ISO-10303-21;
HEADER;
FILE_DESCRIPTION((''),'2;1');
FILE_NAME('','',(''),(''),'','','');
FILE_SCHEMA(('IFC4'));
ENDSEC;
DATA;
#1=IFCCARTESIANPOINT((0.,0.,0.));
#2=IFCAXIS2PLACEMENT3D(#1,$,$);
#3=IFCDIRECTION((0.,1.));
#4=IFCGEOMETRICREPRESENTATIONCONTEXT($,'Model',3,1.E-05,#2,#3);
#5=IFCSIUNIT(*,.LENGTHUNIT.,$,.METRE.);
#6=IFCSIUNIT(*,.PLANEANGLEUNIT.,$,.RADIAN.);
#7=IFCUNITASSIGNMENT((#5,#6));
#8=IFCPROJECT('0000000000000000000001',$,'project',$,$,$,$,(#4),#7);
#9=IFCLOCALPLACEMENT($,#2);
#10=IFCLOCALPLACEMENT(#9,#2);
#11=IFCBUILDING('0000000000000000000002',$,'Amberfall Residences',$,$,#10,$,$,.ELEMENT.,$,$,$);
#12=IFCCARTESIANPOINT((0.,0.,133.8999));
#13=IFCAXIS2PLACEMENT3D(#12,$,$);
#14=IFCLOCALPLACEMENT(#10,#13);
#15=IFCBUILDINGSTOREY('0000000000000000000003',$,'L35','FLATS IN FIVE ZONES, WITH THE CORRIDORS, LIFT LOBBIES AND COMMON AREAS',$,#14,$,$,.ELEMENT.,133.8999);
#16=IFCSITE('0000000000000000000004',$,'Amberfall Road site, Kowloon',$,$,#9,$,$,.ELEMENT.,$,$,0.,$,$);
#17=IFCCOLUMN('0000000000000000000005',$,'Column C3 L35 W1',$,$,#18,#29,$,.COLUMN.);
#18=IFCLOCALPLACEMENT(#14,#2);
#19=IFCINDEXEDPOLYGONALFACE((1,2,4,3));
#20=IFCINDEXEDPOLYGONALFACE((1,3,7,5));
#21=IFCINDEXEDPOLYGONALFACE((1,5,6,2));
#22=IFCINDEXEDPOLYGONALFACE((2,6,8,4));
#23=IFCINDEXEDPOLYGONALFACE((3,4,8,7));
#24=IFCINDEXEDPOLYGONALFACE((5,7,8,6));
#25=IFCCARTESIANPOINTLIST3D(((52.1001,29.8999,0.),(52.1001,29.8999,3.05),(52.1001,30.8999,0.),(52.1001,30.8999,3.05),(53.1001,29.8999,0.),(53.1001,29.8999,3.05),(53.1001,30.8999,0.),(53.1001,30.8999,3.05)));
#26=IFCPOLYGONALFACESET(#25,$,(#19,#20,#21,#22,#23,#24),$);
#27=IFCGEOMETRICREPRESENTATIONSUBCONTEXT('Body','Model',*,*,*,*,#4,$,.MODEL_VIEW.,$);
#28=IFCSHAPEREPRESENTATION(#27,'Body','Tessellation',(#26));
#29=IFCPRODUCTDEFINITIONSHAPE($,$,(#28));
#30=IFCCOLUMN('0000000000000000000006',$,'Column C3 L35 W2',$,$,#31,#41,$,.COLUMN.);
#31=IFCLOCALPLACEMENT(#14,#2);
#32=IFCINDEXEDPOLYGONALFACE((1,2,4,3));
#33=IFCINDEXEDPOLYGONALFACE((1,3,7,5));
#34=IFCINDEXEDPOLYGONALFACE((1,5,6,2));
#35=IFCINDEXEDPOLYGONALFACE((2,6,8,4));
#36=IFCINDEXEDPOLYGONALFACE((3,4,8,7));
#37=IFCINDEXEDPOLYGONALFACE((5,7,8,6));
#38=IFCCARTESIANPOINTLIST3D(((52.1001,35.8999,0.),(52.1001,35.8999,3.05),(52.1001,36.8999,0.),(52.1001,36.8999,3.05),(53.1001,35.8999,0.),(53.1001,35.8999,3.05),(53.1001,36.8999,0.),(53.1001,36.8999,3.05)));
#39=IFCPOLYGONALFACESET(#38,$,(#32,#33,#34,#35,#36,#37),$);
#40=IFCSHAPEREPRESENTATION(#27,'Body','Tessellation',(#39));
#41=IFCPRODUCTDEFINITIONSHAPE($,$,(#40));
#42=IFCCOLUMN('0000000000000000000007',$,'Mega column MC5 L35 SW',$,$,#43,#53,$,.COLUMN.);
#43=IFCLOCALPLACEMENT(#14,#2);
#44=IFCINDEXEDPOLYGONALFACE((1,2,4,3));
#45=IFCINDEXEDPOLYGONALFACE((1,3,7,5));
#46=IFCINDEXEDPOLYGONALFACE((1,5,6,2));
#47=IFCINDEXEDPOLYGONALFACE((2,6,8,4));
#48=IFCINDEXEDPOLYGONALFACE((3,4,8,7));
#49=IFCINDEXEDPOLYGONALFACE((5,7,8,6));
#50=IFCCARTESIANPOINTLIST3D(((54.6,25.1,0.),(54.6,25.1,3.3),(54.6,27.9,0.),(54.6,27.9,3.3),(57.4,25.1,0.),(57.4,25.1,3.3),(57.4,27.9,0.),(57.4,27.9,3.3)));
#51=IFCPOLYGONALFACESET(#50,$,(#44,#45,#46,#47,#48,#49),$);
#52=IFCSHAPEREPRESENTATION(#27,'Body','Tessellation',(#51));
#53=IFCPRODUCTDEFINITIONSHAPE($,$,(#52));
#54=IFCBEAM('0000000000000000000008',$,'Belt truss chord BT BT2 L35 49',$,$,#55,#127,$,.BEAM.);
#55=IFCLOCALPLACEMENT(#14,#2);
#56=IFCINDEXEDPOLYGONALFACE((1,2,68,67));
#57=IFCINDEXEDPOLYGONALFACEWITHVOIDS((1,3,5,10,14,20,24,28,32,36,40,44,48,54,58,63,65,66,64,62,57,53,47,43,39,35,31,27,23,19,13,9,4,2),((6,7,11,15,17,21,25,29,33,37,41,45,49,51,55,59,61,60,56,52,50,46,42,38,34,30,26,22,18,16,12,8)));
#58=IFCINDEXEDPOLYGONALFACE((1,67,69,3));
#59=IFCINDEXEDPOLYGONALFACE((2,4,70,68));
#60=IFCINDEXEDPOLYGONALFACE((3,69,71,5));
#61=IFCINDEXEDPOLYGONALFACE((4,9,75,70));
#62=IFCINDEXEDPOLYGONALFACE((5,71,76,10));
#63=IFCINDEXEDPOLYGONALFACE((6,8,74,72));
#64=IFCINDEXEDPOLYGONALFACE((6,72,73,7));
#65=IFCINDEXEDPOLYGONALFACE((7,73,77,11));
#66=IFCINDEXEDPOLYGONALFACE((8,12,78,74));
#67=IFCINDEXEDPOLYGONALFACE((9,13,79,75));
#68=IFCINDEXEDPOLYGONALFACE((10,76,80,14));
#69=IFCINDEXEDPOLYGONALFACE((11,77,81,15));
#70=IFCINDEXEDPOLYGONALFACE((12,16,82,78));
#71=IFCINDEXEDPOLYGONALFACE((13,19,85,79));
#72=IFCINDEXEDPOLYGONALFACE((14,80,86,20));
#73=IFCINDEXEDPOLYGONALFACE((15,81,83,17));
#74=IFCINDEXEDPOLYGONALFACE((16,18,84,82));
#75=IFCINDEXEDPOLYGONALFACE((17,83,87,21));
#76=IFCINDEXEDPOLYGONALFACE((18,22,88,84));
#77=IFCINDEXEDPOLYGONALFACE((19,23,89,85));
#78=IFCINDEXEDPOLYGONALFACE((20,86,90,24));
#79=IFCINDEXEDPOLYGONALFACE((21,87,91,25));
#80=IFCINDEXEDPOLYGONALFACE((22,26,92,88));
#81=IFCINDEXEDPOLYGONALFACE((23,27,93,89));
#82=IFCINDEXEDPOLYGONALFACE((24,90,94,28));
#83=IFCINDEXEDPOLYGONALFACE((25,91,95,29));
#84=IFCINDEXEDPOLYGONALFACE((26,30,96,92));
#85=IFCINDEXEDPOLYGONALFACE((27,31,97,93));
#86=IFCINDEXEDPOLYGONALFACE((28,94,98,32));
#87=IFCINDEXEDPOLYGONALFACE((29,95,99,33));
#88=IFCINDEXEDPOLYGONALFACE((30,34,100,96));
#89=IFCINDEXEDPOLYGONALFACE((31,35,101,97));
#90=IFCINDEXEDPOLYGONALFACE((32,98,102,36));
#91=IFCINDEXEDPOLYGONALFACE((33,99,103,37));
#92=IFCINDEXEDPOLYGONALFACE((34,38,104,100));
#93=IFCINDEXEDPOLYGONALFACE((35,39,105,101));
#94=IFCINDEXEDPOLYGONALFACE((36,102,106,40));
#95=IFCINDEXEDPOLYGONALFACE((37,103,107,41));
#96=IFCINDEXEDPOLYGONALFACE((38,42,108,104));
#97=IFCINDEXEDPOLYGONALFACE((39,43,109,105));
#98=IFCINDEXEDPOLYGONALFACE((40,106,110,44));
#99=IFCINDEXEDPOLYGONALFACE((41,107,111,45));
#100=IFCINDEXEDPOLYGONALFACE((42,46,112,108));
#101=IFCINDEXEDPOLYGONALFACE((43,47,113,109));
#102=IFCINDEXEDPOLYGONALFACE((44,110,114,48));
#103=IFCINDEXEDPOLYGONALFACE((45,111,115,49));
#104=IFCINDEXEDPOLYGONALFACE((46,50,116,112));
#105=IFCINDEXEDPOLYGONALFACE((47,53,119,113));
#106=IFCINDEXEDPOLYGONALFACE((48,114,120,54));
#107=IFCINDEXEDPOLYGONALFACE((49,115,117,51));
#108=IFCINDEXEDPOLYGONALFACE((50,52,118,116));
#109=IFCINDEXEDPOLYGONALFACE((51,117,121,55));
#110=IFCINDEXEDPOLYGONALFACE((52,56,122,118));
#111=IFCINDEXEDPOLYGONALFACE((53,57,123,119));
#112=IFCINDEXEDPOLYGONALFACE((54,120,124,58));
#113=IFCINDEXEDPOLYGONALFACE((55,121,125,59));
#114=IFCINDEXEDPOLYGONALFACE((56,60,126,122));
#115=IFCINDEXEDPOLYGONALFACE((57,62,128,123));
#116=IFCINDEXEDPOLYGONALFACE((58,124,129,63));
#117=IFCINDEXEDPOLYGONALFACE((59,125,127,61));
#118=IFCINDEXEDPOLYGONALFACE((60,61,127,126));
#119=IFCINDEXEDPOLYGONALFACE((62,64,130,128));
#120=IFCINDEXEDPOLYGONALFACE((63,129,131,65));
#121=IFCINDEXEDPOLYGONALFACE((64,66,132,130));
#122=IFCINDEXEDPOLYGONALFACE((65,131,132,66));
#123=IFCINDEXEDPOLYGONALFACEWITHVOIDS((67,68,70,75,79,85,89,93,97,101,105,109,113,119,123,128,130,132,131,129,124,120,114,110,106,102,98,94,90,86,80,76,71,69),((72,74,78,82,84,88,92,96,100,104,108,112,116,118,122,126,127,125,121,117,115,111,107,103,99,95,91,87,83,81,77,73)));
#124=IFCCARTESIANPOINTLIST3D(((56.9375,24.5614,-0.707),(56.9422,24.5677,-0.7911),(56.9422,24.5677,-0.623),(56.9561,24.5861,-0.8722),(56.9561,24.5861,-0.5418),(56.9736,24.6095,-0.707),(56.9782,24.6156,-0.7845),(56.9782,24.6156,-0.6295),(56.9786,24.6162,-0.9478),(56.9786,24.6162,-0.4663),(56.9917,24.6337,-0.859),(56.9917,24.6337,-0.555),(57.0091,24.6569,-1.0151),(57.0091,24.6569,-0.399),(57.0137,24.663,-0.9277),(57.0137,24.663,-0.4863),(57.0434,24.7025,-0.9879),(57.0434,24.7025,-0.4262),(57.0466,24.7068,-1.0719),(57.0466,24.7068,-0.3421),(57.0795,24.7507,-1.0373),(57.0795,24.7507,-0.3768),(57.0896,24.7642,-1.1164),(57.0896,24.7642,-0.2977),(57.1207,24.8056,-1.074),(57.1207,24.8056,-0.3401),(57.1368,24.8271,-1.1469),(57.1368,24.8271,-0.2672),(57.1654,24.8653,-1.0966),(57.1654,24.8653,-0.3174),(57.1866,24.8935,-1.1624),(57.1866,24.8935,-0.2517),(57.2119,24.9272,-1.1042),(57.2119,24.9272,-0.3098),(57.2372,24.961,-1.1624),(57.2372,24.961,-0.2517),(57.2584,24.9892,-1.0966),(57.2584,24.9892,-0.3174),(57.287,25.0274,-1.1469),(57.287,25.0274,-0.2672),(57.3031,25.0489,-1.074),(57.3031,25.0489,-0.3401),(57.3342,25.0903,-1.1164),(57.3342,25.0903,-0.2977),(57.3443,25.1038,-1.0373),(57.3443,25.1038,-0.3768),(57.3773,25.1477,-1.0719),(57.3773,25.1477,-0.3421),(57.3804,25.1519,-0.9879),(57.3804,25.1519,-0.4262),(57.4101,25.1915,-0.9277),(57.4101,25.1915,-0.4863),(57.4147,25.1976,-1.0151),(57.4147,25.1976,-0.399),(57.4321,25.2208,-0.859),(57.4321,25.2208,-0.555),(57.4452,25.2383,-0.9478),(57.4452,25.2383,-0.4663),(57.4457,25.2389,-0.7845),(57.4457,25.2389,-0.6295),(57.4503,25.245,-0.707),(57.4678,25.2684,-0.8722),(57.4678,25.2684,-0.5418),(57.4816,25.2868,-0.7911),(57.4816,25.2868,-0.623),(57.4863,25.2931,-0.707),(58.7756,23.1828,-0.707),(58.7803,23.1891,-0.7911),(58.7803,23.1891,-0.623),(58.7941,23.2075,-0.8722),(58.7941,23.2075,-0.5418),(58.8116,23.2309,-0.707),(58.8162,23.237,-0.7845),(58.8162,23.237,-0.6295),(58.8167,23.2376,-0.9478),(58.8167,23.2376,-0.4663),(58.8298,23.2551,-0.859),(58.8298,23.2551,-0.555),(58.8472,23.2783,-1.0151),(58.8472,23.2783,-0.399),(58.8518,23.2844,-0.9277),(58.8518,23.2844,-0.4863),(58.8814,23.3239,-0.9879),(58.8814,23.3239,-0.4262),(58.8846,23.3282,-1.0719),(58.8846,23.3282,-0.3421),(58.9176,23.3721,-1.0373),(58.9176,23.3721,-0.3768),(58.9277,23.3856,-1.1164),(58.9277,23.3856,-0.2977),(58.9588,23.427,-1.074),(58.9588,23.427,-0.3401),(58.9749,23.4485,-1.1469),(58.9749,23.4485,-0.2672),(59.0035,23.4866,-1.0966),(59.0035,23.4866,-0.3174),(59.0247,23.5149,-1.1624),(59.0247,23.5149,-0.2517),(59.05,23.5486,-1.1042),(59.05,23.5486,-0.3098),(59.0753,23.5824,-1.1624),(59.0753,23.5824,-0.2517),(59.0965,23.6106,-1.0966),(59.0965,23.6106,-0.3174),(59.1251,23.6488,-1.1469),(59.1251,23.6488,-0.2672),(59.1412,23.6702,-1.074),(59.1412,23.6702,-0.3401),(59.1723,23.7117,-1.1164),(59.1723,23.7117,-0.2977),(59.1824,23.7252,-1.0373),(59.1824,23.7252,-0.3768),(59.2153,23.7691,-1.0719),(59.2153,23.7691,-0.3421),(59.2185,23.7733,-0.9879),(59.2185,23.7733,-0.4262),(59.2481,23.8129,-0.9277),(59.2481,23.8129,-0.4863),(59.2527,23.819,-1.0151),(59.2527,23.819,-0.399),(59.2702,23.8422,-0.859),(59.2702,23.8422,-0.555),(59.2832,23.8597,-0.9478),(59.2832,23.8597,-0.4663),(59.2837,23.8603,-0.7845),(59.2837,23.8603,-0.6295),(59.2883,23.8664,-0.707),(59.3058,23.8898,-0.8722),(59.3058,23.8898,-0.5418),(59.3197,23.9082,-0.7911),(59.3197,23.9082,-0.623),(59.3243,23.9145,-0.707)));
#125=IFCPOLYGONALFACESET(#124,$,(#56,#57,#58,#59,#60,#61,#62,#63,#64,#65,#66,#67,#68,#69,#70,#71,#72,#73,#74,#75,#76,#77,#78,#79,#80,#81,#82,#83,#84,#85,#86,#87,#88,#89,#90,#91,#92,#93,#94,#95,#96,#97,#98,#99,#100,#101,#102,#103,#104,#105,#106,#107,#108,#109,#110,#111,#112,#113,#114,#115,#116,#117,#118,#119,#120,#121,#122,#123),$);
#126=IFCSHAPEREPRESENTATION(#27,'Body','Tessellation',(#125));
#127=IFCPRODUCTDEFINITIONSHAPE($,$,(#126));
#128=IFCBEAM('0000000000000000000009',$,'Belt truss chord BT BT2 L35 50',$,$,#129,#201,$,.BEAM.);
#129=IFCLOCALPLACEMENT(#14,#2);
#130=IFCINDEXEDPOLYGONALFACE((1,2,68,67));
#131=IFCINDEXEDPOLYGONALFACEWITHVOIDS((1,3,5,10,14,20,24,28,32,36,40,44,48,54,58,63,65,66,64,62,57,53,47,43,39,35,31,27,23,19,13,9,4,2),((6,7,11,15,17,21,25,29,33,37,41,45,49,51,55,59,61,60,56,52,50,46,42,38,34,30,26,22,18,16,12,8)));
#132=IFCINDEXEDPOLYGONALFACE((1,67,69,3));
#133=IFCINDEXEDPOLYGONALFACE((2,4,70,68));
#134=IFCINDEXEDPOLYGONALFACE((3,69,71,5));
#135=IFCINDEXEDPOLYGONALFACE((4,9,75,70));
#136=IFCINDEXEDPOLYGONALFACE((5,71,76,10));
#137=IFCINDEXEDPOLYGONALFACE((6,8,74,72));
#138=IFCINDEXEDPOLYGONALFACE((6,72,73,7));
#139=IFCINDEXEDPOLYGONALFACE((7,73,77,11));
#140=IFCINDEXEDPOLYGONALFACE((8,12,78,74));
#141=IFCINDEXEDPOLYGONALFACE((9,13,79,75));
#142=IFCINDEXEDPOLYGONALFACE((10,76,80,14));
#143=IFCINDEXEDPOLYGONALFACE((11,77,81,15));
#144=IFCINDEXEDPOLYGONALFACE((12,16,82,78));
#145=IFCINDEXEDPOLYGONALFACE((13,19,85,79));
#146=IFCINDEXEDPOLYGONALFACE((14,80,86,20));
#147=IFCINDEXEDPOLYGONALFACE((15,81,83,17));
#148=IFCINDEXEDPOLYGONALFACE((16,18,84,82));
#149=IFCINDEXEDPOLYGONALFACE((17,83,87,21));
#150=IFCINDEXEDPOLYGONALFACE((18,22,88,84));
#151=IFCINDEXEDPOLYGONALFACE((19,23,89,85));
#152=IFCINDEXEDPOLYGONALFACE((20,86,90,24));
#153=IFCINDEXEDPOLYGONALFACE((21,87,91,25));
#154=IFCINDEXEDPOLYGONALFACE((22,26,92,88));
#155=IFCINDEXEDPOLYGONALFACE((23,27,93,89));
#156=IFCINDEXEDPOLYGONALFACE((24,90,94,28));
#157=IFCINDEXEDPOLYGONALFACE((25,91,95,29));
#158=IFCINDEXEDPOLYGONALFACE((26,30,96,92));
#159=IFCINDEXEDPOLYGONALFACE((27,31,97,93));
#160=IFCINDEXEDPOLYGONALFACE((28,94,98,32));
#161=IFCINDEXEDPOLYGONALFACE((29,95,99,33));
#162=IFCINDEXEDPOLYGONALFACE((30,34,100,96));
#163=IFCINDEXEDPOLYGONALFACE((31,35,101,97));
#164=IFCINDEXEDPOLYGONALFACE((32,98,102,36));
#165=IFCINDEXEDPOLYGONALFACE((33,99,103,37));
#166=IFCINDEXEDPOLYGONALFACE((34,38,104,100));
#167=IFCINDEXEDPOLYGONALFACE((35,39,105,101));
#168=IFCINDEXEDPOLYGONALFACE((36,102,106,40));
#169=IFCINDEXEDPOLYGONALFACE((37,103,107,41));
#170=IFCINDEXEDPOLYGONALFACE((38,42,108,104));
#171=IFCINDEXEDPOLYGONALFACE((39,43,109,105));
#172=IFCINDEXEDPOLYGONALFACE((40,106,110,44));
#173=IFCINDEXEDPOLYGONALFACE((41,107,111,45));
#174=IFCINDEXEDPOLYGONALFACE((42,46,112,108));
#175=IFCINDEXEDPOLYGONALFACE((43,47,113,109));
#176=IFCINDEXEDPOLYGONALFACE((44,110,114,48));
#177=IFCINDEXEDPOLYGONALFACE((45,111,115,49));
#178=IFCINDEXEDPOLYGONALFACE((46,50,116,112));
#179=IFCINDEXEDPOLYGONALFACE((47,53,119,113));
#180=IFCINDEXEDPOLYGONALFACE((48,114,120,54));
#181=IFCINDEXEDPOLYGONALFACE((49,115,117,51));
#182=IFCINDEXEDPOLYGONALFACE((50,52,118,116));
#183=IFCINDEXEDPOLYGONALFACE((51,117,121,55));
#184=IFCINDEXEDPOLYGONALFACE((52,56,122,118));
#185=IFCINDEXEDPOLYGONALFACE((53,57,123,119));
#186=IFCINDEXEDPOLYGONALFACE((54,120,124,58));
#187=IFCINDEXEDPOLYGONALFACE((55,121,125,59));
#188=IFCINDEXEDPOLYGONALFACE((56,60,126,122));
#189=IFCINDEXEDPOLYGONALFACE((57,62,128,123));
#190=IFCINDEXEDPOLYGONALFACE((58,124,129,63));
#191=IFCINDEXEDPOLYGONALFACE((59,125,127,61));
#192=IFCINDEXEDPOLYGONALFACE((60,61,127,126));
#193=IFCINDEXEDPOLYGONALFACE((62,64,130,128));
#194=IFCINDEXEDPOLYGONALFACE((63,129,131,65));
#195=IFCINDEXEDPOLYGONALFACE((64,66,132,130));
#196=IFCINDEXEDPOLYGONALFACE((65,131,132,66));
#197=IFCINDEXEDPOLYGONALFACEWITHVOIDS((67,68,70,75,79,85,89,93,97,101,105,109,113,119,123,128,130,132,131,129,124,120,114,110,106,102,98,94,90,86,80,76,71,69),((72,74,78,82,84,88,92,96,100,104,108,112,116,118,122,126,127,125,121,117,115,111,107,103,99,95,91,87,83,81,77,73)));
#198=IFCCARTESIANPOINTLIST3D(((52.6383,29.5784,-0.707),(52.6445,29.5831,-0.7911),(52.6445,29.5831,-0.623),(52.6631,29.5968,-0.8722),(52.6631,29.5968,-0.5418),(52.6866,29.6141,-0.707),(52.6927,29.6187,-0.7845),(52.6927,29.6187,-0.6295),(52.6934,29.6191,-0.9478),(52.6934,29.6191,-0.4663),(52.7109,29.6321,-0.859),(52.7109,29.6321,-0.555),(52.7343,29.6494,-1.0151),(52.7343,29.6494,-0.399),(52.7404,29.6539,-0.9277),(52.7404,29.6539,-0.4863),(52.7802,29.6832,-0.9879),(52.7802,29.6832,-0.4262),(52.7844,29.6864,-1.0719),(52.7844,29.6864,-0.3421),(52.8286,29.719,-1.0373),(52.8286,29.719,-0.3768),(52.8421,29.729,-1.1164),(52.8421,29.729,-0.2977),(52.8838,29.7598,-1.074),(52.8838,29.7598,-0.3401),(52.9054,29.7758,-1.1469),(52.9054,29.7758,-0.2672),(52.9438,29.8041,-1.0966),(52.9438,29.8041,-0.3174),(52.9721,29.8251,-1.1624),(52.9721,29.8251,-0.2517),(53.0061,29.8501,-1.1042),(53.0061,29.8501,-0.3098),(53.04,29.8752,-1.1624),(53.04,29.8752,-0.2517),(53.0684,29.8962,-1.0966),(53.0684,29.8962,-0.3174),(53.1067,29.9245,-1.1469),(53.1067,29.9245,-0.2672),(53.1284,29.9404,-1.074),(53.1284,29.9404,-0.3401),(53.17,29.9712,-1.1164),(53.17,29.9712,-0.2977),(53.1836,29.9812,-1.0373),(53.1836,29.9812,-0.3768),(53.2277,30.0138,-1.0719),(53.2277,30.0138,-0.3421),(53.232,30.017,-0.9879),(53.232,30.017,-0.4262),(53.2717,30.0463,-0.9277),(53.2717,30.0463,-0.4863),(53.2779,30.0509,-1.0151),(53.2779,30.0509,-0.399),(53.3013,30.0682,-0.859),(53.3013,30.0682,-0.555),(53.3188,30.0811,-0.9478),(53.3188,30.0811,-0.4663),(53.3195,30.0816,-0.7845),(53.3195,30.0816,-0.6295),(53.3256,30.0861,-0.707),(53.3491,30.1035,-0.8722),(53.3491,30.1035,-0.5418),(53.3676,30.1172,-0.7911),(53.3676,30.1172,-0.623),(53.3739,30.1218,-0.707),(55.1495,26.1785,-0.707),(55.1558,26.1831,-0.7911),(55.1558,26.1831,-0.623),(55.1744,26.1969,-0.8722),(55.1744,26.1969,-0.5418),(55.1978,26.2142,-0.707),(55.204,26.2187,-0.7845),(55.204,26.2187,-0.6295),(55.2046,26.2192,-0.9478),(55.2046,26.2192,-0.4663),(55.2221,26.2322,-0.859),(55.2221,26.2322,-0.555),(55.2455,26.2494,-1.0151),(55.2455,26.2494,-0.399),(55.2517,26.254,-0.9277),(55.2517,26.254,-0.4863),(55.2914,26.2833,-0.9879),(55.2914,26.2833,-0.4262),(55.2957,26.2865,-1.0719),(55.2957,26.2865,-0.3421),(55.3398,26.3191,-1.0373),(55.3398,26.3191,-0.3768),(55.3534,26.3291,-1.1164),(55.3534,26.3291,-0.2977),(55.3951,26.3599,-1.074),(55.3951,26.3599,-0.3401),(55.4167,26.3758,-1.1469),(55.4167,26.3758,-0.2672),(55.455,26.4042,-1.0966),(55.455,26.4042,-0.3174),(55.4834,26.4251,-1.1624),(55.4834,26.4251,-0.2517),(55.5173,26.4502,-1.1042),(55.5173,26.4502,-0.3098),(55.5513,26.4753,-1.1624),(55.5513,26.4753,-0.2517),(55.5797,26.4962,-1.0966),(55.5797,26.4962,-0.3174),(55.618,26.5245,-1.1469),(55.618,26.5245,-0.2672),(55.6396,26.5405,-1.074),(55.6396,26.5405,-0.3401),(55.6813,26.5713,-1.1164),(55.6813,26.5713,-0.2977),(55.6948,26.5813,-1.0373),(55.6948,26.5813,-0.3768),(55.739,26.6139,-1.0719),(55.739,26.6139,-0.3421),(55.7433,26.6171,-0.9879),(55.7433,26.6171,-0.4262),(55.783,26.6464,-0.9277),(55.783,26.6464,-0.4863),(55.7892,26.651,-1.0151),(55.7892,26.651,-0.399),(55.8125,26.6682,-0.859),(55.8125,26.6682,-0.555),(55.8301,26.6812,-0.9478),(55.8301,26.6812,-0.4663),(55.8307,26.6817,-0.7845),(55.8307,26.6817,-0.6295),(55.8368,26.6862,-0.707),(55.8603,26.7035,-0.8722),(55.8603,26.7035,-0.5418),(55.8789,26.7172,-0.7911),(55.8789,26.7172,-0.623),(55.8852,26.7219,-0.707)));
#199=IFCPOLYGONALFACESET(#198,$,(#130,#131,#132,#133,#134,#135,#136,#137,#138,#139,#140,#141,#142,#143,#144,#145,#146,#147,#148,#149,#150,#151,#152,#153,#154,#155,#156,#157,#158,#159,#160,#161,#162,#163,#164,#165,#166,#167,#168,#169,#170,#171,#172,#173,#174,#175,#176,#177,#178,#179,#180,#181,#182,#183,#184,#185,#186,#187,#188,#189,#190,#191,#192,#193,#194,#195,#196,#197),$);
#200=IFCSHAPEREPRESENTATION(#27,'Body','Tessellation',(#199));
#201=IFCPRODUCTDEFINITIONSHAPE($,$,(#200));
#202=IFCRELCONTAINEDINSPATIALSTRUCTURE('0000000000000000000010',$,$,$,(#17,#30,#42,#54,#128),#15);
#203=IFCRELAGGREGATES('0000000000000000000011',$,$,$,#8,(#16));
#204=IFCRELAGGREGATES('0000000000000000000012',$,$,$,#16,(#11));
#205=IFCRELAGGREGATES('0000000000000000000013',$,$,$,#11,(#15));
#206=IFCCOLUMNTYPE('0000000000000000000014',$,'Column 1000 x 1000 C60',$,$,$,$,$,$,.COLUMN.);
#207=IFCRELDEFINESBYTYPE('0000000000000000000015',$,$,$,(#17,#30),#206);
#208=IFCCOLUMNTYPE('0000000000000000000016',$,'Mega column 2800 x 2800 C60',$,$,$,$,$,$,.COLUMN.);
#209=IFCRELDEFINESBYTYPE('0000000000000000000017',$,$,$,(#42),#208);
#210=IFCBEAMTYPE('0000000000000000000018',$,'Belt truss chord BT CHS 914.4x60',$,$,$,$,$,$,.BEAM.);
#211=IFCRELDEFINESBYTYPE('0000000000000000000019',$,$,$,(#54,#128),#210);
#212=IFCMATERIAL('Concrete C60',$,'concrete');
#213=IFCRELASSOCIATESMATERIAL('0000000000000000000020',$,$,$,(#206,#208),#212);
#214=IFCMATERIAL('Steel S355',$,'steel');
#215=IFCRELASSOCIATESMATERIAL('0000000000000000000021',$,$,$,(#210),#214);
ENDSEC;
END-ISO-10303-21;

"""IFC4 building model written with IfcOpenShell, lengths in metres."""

from ifc_helpers import new_model, si_unit, direction, frame, origin, origin_2d, place, context, subcontext, project, spatial, rectangle, hollow_circle, extrude, material, material_profile, profile_set, type_object, element, save


model = new_model("IFC4")

# Units and contexts
model_context = context("Model", 3, precision=1e-05, world=origin(), true_north=direction((0.0, 1.0)))
body_context = subcontext(model_context, "Body", "Model", "MODEL_VIEW")
ifc_project = project(units=[si_unit("LENGTHUNIT", "METRE"), si_unit("PLANEANGLEUNIT", "RADIAN")], contexts=[model_context])

# Site, building, storey
site_placement = place(None, origin())
site = spatial("IfcSite", under=ifc_project, at=site_placement, Name="Amberfall Road site, Kowloon", CompositionType="ELEMENT", RefElevation=0.0)
building_placement = place(site_placement, origin())
building = spatial("IfcBuilding", under=site, at=building_placement, Name="Amberfall Residences", CompositionType="ELEMENT")
storey_placement = place(building_placement, frame((0.0, 0.0, 133.8999)))
storey = spatial("IfcBuildingStorey", under=building, at=storey_placement, Name="L35", Description="FLATS IN FIVE ZONES, WITH THE CORRIDORS, LIFT LOBBIES AND COMMON AREAS", CompositionType="ELEMENT", Elevation=133.8999)

# Columns
ifc_material_1 = material(Name="Concrete C60", Category="concrete")
ifc_material_profile_1 = material_profile(ifc_material_1, rectangle(XDim=1.0, YDim=1.0, at=origin_2d()), Name="Column 1000 x 1000 C60")
ifc_profile_set_1 = profile_set([ifc_material_profile_1], Name="Concrete C60")
column_type_1 = type_object("IfcColumnType", Name="Column 1000 x 1000 C60", PredefinedType="COLUMN", material=ifc_profile_set_1)
for number, where, z_axis, x_axis, name in (
    (1, (52.6001, 30.3999, 0.0), (0.0, 0.0, 1.0), (1.0, 0.0, 0.0), "Column C3 L35 W1"),
    (2, (52.6001, 36.3999, 0.0), (0.0, 0.0, 1.0), (1.0, 0.0, 0.0), "Column C3 L35 W2"),
):
    element("IfcColumn", number, at=place(storey_placement, frame(where, z_axis=z_axis, x_axis=x_axis)), inside=storey, type_object=column_type_1, Name=name, PredefinedType="COLUMN", context=body_context, shape_type="SweptSolid", body=[
        extrude(rectangle(XDim=1.0, YDim=1.0, at=origin_2d()), origin(), (0.0, 0.0, 1.0), 3.05),
    ])
ifc_material_profile_2 = material_profile(ifc_material_1, rectangle(XDim=2.8, YDim=2.8, at=origin_2d()), Name="Mega column 2800 x 2800 C60")
ifc_profile_set_2 = profile_set([ifc_material_profile_2], Name="Concrete C60")
column_type_2 = type_object("IfcColumnType", Name="Mega column 2800 x 2800 C60", PredefinedType="COLUMN", material=ifc_profile_set_2)
column_placement = place(storey_placement, frame((56.0, 26.5, 0.0), z_axis=(0.0, 0.0, 1.0), x_axis=(1.0, 0.0, 0.0)))
element("IfcColumn", 3, at=column_placement, inside=storey, type_object=column_type_2, Name="Mega column MC5 L35 SW", PredefinedType="COLUMN", context=body_context, shape_type="SweptSolid", body=[
    extrude(rectangle(XDim=2.8, YDim=2.8, at=origin_2d()), origin(), (0.0, 0.0, 1.0), 3.3),
])

# Beams
ifc_material_2 = material(Name="Steel S355", Category="steel")
ifc_material_profile_3 = material_profile(ifc_material_2, hollow_circle(Radius=0.4573, WallThickness=0.0601, at=origin_2d()), Name="CHS 914.4x60")
ifc_profile_set_3 = profile_set([ifc_material_profile_3], Name="Steel S355")
beam_type_1 = type_object("IfcBeamType", Name="Belt truss chord BT CHS 914.4x60", PredefinedType="BEAM", material=ifc_profile_set_3)
beam_1_placement = place(storey_placement, frame((57.2119, 24.9272, -0.707), z_axis=(0.799987, -0.600017, 0.0), x_axis=(0.600017, 0.799987, 0.0)))
element("IfcBeam", 4, at=beam_1_placement, inside=storey, type_object=beam_type_1, Name="Belt truss chord BT BT2 L35 49", PredefinedType="BEAM", context=body_context, shape_type="SweptSolid", body=[
    extrude(hollow_circle(Radius=0.4573, WallThickness=0.0601, at=origin_2d()), origin(), (0.0, 0.0, 1.0), 2.2976),
])
beam_2_placement = place(storey_placement, frame((55.5173, 26.4502, -0.707), z_axis=(-0.594125, 0.804373, 0.0), x_axis=(-0.804373, -0.594125, 0.0)))
element("IfcBeam", 5, at=beam_2_placement, inside=storey, type_object=beam_type_1, Name="Belt truss chord BT BT2 L35 50", PredefinedType="BEAM", context=body_context, shape_type="SweptSolid", body=[
    extrude(hollow_circle(Radius=0.4573, WallThickness=0.0601, at=origin_2d()), origin(), (0.0, 0.0, 1.0), 4.2268),
])

save(model, "model.ifc")
